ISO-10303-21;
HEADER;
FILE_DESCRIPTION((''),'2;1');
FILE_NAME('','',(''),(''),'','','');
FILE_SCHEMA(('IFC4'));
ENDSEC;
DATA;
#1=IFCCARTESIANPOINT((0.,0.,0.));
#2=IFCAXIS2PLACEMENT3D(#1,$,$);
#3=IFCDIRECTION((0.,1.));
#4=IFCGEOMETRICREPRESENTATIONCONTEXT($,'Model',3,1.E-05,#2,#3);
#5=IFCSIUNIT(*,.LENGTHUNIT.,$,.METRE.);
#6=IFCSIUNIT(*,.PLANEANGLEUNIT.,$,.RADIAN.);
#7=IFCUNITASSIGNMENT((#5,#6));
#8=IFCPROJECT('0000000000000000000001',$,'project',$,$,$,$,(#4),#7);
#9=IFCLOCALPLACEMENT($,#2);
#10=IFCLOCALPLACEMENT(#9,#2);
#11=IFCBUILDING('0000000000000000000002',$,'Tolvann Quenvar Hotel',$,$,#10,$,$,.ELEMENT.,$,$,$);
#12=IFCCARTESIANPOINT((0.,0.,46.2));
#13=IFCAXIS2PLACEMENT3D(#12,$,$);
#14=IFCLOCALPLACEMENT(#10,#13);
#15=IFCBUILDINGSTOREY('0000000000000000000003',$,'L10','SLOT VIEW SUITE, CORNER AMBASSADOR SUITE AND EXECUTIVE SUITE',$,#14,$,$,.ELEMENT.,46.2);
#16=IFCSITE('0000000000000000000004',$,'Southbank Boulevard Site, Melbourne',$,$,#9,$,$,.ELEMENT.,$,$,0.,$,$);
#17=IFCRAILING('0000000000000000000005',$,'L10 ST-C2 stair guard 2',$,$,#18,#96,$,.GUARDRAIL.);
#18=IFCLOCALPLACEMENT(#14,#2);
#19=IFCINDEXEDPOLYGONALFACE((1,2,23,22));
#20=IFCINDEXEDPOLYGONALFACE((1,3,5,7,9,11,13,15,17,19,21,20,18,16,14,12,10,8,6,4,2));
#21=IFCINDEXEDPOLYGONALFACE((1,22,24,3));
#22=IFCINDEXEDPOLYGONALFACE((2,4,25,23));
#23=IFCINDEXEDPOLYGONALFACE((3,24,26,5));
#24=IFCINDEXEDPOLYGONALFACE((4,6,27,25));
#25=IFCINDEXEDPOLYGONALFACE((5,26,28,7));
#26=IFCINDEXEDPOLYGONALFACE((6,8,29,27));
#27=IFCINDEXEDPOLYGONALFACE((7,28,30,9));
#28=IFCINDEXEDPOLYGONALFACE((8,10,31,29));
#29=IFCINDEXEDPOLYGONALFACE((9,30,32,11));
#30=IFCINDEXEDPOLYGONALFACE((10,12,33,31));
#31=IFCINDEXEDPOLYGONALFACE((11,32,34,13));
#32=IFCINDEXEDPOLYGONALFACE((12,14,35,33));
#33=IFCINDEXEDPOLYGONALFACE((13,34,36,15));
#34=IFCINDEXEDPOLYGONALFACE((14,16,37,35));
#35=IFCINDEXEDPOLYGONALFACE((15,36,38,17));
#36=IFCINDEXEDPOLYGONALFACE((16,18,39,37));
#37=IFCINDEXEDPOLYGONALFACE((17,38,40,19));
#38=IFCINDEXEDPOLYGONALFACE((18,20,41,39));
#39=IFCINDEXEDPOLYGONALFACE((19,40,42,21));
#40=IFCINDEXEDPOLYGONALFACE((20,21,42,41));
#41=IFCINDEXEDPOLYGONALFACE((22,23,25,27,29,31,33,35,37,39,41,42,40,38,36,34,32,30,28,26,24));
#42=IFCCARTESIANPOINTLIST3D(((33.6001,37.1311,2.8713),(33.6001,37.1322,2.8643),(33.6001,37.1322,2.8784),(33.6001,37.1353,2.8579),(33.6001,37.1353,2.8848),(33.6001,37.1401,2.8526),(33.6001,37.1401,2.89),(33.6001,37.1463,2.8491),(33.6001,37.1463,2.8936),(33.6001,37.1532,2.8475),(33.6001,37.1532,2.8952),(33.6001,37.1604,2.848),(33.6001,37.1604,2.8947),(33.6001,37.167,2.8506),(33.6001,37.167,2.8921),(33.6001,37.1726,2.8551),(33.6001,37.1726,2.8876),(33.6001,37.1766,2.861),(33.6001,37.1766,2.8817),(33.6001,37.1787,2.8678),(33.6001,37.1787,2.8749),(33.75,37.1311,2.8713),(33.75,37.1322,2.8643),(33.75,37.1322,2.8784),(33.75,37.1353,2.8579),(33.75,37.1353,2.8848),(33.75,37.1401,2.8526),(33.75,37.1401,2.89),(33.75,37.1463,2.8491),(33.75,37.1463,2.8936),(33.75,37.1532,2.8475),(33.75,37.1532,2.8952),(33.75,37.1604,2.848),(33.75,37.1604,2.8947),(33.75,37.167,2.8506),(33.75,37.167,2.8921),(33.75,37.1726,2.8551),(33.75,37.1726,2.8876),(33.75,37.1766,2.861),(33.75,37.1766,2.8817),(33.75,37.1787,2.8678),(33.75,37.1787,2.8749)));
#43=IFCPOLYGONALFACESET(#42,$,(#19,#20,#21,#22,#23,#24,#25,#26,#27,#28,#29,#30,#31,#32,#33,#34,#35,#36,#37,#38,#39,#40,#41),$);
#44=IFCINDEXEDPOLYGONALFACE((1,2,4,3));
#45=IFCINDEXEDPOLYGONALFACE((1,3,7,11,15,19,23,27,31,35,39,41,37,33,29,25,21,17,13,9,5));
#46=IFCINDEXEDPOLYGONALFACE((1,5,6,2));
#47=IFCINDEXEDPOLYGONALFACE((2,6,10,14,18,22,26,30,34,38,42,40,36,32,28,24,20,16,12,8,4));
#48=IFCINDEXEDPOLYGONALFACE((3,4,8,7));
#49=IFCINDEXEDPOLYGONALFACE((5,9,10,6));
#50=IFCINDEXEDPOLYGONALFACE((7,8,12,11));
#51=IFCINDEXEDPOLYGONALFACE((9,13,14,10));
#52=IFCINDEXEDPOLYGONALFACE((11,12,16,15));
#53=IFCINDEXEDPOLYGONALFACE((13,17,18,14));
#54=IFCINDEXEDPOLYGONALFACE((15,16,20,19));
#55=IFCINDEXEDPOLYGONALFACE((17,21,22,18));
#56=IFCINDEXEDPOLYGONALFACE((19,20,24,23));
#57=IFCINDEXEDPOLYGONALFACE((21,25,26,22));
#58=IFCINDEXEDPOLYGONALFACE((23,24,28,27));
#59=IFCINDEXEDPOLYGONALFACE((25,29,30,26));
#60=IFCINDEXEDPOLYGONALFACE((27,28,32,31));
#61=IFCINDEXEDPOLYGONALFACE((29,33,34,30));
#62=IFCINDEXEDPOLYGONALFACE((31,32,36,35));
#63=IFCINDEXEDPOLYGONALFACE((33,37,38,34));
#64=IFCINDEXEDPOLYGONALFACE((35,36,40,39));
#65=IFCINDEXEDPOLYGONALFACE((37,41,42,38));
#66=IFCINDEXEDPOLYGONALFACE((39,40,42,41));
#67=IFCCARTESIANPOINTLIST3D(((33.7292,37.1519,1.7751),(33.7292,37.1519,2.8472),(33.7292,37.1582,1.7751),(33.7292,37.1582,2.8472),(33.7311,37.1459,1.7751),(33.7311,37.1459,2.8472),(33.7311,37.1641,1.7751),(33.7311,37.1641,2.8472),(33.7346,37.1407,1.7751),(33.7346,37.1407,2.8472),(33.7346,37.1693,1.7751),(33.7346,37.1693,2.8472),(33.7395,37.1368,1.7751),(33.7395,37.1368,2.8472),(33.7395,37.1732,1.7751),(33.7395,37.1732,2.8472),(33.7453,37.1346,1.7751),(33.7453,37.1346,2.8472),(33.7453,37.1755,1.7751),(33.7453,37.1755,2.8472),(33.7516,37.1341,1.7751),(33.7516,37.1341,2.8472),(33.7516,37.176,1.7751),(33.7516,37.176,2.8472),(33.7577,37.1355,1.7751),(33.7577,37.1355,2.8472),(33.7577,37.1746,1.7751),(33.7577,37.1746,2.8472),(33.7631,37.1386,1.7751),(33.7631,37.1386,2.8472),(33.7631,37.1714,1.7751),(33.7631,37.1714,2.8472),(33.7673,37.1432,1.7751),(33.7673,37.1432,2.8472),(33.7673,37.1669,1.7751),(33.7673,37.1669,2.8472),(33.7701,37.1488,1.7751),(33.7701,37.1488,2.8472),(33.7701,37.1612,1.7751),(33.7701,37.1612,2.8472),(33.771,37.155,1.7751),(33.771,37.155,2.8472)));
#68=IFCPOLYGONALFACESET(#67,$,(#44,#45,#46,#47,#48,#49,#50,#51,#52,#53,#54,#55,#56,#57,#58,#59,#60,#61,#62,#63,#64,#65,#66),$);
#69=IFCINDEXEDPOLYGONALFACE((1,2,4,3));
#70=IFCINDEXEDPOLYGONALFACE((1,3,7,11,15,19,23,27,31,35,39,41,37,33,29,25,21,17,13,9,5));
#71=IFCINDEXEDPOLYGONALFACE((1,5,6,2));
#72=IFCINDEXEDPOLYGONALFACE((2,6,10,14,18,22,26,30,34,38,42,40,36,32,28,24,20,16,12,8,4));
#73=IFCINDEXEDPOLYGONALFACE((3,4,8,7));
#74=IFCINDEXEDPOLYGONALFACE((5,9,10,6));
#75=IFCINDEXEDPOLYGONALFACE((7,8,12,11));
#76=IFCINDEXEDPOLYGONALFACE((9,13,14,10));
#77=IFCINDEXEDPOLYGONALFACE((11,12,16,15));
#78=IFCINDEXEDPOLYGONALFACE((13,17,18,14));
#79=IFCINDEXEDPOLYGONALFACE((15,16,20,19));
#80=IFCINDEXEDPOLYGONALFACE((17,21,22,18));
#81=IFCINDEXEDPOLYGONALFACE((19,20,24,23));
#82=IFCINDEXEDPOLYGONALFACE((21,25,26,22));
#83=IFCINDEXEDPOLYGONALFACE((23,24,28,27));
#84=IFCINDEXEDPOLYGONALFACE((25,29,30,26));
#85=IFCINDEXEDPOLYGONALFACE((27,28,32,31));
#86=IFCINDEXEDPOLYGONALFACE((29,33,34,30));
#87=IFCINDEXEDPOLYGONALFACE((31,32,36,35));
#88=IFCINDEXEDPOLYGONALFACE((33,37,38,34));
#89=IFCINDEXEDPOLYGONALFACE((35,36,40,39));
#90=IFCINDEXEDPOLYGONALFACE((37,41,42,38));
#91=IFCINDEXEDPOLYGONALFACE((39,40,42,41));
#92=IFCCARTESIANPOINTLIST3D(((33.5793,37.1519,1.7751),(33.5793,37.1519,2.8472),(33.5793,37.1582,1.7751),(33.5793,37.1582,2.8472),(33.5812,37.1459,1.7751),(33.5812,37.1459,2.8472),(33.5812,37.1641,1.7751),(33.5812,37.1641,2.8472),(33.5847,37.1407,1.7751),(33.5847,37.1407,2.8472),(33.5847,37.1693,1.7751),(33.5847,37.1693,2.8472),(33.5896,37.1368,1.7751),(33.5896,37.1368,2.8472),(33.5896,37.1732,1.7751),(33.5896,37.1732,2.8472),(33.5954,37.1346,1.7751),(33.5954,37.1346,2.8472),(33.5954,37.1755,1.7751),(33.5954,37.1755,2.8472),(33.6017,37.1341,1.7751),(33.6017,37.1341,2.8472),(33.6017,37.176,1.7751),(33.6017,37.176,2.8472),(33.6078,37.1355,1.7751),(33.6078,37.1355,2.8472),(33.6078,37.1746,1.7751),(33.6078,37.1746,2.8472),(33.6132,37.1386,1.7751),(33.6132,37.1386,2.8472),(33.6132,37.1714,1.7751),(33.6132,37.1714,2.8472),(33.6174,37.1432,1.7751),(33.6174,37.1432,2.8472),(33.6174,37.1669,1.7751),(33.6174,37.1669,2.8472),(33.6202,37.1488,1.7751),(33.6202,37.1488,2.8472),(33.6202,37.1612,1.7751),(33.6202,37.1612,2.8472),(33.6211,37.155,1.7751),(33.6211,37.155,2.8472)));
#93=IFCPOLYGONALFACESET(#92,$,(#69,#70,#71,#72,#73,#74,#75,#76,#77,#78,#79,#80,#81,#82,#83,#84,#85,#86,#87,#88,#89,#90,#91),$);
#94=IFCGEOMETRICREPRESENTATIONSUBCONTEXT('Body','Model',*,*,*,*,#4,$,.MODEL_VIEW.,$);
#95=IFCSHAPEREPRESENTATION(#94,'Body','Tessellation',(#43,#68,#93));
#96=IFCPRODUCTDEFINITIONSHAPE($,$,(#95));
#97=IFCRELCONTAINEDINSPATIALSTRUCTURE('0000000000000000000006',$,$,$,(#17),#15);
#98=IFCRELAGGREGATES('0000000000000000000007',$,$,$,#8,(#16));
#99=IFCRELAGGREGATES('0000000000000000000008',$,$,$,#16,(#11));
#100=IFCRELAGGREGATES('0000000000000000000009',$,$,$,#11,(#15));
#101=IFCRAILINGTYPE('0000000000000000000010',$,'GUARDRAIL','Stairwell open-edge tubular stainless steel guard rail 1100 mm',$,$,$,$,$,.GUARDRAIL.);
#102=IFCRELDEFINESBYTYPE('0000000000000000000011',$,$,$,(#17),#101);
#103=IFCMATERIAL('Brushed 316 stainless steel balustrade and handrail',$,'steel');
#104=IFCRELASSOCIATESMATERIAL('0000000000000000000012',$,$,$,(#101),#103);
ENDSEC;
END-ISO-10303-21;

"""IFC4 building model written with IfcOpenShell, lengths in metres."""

from ifc_helpers import new_model, si_unit, direction, frame, origin, origin_2d, place, context, subcontext, project, spatial, circle, extrude, material, type_object, element, save


model = new_model("IFC4")

# Units and contexts
model_context = context("Model", 3, precision=1e-05, world=origin(), true_north=direction((0.0, 1.0)))
body_context = subcontext(model_context, "Body", "Model", "MODEL_VIEW")
ifc_project = project(units=[si_unit("LENGTHUNIT", "METRE"), si_unit("PLANEANGLEUNIT", "RADIAN")], contexts=[model_context])

# Site, building, storey
site_placement = place(None, origin())
site = spatial("IfcSite", under=ifc_project, at=site_placement, Name="Southbank Boulevard Site, Melbourne", CompositionType="ELEMENT", RefElevation=0.0)
building_placement = place(site_placement, origin())
building = spatial("IfcBuilding", under=site, at=building_placement, Name="Tolvann Quenvar Hotel", CompositionType="ELEMENT")
storey_placement = place(building_placement, frame((0.0, 0.0, 46.2)))
storey = spatial("IfcBuildingStorey", under=building, at=storey_placement, Name="L10", Description="SLOT VIEW SUITE, CORNER AMBASSADOR SUITE AND EXECUTIVE SUITE", CompositionType="ELEMENT", Elevation=46.2)

# Railing
ifc_material_1 = material(Name="Brushed 316 stainless steel balustrade and handrail", Category="steel")
railing_type_1 = type_object("IfcRailingType", Name="GUARDRAIL", Description="Stairwell open-edge tubular stainless steel guard rail 1100 mm", PredefinedType="GUARDRAIL", material=ifc_material_1)
railing_1_placement = place(storey_placement, frame((33.75, 37.155, 1.7751)))
element("IfcRailing", 1, at=railing_1_placement, inside=storey, type_object=railing_type_1, Name="L10 ST-C2 stair guard 2", PredefinedType="GUARDRAIL", context=body_context, shape_type="SweptSolid", body=[
    extrude(circle(Radius=0.0239, at=origin_2d()), frame((0.0, 0.0, 1.0962), z_axis=(-1.0, 0.0, 0.0), x_axis=(0.0, -1.0, 0.0)), (0.0, 0.0, 1.0), 0.1499),
    extrude(circle(Radius=0.021, at=origin_2d()), origin(), (0.0, 0.0, 1.0), 1.072),
    extrude(circle(Radius=0.021, at=origin_2d()), frame((-0.1499, 0.0, 0.0)), (0.0, 0.0, 1.0), 1.072),
])

save(model, "model.ifc")
